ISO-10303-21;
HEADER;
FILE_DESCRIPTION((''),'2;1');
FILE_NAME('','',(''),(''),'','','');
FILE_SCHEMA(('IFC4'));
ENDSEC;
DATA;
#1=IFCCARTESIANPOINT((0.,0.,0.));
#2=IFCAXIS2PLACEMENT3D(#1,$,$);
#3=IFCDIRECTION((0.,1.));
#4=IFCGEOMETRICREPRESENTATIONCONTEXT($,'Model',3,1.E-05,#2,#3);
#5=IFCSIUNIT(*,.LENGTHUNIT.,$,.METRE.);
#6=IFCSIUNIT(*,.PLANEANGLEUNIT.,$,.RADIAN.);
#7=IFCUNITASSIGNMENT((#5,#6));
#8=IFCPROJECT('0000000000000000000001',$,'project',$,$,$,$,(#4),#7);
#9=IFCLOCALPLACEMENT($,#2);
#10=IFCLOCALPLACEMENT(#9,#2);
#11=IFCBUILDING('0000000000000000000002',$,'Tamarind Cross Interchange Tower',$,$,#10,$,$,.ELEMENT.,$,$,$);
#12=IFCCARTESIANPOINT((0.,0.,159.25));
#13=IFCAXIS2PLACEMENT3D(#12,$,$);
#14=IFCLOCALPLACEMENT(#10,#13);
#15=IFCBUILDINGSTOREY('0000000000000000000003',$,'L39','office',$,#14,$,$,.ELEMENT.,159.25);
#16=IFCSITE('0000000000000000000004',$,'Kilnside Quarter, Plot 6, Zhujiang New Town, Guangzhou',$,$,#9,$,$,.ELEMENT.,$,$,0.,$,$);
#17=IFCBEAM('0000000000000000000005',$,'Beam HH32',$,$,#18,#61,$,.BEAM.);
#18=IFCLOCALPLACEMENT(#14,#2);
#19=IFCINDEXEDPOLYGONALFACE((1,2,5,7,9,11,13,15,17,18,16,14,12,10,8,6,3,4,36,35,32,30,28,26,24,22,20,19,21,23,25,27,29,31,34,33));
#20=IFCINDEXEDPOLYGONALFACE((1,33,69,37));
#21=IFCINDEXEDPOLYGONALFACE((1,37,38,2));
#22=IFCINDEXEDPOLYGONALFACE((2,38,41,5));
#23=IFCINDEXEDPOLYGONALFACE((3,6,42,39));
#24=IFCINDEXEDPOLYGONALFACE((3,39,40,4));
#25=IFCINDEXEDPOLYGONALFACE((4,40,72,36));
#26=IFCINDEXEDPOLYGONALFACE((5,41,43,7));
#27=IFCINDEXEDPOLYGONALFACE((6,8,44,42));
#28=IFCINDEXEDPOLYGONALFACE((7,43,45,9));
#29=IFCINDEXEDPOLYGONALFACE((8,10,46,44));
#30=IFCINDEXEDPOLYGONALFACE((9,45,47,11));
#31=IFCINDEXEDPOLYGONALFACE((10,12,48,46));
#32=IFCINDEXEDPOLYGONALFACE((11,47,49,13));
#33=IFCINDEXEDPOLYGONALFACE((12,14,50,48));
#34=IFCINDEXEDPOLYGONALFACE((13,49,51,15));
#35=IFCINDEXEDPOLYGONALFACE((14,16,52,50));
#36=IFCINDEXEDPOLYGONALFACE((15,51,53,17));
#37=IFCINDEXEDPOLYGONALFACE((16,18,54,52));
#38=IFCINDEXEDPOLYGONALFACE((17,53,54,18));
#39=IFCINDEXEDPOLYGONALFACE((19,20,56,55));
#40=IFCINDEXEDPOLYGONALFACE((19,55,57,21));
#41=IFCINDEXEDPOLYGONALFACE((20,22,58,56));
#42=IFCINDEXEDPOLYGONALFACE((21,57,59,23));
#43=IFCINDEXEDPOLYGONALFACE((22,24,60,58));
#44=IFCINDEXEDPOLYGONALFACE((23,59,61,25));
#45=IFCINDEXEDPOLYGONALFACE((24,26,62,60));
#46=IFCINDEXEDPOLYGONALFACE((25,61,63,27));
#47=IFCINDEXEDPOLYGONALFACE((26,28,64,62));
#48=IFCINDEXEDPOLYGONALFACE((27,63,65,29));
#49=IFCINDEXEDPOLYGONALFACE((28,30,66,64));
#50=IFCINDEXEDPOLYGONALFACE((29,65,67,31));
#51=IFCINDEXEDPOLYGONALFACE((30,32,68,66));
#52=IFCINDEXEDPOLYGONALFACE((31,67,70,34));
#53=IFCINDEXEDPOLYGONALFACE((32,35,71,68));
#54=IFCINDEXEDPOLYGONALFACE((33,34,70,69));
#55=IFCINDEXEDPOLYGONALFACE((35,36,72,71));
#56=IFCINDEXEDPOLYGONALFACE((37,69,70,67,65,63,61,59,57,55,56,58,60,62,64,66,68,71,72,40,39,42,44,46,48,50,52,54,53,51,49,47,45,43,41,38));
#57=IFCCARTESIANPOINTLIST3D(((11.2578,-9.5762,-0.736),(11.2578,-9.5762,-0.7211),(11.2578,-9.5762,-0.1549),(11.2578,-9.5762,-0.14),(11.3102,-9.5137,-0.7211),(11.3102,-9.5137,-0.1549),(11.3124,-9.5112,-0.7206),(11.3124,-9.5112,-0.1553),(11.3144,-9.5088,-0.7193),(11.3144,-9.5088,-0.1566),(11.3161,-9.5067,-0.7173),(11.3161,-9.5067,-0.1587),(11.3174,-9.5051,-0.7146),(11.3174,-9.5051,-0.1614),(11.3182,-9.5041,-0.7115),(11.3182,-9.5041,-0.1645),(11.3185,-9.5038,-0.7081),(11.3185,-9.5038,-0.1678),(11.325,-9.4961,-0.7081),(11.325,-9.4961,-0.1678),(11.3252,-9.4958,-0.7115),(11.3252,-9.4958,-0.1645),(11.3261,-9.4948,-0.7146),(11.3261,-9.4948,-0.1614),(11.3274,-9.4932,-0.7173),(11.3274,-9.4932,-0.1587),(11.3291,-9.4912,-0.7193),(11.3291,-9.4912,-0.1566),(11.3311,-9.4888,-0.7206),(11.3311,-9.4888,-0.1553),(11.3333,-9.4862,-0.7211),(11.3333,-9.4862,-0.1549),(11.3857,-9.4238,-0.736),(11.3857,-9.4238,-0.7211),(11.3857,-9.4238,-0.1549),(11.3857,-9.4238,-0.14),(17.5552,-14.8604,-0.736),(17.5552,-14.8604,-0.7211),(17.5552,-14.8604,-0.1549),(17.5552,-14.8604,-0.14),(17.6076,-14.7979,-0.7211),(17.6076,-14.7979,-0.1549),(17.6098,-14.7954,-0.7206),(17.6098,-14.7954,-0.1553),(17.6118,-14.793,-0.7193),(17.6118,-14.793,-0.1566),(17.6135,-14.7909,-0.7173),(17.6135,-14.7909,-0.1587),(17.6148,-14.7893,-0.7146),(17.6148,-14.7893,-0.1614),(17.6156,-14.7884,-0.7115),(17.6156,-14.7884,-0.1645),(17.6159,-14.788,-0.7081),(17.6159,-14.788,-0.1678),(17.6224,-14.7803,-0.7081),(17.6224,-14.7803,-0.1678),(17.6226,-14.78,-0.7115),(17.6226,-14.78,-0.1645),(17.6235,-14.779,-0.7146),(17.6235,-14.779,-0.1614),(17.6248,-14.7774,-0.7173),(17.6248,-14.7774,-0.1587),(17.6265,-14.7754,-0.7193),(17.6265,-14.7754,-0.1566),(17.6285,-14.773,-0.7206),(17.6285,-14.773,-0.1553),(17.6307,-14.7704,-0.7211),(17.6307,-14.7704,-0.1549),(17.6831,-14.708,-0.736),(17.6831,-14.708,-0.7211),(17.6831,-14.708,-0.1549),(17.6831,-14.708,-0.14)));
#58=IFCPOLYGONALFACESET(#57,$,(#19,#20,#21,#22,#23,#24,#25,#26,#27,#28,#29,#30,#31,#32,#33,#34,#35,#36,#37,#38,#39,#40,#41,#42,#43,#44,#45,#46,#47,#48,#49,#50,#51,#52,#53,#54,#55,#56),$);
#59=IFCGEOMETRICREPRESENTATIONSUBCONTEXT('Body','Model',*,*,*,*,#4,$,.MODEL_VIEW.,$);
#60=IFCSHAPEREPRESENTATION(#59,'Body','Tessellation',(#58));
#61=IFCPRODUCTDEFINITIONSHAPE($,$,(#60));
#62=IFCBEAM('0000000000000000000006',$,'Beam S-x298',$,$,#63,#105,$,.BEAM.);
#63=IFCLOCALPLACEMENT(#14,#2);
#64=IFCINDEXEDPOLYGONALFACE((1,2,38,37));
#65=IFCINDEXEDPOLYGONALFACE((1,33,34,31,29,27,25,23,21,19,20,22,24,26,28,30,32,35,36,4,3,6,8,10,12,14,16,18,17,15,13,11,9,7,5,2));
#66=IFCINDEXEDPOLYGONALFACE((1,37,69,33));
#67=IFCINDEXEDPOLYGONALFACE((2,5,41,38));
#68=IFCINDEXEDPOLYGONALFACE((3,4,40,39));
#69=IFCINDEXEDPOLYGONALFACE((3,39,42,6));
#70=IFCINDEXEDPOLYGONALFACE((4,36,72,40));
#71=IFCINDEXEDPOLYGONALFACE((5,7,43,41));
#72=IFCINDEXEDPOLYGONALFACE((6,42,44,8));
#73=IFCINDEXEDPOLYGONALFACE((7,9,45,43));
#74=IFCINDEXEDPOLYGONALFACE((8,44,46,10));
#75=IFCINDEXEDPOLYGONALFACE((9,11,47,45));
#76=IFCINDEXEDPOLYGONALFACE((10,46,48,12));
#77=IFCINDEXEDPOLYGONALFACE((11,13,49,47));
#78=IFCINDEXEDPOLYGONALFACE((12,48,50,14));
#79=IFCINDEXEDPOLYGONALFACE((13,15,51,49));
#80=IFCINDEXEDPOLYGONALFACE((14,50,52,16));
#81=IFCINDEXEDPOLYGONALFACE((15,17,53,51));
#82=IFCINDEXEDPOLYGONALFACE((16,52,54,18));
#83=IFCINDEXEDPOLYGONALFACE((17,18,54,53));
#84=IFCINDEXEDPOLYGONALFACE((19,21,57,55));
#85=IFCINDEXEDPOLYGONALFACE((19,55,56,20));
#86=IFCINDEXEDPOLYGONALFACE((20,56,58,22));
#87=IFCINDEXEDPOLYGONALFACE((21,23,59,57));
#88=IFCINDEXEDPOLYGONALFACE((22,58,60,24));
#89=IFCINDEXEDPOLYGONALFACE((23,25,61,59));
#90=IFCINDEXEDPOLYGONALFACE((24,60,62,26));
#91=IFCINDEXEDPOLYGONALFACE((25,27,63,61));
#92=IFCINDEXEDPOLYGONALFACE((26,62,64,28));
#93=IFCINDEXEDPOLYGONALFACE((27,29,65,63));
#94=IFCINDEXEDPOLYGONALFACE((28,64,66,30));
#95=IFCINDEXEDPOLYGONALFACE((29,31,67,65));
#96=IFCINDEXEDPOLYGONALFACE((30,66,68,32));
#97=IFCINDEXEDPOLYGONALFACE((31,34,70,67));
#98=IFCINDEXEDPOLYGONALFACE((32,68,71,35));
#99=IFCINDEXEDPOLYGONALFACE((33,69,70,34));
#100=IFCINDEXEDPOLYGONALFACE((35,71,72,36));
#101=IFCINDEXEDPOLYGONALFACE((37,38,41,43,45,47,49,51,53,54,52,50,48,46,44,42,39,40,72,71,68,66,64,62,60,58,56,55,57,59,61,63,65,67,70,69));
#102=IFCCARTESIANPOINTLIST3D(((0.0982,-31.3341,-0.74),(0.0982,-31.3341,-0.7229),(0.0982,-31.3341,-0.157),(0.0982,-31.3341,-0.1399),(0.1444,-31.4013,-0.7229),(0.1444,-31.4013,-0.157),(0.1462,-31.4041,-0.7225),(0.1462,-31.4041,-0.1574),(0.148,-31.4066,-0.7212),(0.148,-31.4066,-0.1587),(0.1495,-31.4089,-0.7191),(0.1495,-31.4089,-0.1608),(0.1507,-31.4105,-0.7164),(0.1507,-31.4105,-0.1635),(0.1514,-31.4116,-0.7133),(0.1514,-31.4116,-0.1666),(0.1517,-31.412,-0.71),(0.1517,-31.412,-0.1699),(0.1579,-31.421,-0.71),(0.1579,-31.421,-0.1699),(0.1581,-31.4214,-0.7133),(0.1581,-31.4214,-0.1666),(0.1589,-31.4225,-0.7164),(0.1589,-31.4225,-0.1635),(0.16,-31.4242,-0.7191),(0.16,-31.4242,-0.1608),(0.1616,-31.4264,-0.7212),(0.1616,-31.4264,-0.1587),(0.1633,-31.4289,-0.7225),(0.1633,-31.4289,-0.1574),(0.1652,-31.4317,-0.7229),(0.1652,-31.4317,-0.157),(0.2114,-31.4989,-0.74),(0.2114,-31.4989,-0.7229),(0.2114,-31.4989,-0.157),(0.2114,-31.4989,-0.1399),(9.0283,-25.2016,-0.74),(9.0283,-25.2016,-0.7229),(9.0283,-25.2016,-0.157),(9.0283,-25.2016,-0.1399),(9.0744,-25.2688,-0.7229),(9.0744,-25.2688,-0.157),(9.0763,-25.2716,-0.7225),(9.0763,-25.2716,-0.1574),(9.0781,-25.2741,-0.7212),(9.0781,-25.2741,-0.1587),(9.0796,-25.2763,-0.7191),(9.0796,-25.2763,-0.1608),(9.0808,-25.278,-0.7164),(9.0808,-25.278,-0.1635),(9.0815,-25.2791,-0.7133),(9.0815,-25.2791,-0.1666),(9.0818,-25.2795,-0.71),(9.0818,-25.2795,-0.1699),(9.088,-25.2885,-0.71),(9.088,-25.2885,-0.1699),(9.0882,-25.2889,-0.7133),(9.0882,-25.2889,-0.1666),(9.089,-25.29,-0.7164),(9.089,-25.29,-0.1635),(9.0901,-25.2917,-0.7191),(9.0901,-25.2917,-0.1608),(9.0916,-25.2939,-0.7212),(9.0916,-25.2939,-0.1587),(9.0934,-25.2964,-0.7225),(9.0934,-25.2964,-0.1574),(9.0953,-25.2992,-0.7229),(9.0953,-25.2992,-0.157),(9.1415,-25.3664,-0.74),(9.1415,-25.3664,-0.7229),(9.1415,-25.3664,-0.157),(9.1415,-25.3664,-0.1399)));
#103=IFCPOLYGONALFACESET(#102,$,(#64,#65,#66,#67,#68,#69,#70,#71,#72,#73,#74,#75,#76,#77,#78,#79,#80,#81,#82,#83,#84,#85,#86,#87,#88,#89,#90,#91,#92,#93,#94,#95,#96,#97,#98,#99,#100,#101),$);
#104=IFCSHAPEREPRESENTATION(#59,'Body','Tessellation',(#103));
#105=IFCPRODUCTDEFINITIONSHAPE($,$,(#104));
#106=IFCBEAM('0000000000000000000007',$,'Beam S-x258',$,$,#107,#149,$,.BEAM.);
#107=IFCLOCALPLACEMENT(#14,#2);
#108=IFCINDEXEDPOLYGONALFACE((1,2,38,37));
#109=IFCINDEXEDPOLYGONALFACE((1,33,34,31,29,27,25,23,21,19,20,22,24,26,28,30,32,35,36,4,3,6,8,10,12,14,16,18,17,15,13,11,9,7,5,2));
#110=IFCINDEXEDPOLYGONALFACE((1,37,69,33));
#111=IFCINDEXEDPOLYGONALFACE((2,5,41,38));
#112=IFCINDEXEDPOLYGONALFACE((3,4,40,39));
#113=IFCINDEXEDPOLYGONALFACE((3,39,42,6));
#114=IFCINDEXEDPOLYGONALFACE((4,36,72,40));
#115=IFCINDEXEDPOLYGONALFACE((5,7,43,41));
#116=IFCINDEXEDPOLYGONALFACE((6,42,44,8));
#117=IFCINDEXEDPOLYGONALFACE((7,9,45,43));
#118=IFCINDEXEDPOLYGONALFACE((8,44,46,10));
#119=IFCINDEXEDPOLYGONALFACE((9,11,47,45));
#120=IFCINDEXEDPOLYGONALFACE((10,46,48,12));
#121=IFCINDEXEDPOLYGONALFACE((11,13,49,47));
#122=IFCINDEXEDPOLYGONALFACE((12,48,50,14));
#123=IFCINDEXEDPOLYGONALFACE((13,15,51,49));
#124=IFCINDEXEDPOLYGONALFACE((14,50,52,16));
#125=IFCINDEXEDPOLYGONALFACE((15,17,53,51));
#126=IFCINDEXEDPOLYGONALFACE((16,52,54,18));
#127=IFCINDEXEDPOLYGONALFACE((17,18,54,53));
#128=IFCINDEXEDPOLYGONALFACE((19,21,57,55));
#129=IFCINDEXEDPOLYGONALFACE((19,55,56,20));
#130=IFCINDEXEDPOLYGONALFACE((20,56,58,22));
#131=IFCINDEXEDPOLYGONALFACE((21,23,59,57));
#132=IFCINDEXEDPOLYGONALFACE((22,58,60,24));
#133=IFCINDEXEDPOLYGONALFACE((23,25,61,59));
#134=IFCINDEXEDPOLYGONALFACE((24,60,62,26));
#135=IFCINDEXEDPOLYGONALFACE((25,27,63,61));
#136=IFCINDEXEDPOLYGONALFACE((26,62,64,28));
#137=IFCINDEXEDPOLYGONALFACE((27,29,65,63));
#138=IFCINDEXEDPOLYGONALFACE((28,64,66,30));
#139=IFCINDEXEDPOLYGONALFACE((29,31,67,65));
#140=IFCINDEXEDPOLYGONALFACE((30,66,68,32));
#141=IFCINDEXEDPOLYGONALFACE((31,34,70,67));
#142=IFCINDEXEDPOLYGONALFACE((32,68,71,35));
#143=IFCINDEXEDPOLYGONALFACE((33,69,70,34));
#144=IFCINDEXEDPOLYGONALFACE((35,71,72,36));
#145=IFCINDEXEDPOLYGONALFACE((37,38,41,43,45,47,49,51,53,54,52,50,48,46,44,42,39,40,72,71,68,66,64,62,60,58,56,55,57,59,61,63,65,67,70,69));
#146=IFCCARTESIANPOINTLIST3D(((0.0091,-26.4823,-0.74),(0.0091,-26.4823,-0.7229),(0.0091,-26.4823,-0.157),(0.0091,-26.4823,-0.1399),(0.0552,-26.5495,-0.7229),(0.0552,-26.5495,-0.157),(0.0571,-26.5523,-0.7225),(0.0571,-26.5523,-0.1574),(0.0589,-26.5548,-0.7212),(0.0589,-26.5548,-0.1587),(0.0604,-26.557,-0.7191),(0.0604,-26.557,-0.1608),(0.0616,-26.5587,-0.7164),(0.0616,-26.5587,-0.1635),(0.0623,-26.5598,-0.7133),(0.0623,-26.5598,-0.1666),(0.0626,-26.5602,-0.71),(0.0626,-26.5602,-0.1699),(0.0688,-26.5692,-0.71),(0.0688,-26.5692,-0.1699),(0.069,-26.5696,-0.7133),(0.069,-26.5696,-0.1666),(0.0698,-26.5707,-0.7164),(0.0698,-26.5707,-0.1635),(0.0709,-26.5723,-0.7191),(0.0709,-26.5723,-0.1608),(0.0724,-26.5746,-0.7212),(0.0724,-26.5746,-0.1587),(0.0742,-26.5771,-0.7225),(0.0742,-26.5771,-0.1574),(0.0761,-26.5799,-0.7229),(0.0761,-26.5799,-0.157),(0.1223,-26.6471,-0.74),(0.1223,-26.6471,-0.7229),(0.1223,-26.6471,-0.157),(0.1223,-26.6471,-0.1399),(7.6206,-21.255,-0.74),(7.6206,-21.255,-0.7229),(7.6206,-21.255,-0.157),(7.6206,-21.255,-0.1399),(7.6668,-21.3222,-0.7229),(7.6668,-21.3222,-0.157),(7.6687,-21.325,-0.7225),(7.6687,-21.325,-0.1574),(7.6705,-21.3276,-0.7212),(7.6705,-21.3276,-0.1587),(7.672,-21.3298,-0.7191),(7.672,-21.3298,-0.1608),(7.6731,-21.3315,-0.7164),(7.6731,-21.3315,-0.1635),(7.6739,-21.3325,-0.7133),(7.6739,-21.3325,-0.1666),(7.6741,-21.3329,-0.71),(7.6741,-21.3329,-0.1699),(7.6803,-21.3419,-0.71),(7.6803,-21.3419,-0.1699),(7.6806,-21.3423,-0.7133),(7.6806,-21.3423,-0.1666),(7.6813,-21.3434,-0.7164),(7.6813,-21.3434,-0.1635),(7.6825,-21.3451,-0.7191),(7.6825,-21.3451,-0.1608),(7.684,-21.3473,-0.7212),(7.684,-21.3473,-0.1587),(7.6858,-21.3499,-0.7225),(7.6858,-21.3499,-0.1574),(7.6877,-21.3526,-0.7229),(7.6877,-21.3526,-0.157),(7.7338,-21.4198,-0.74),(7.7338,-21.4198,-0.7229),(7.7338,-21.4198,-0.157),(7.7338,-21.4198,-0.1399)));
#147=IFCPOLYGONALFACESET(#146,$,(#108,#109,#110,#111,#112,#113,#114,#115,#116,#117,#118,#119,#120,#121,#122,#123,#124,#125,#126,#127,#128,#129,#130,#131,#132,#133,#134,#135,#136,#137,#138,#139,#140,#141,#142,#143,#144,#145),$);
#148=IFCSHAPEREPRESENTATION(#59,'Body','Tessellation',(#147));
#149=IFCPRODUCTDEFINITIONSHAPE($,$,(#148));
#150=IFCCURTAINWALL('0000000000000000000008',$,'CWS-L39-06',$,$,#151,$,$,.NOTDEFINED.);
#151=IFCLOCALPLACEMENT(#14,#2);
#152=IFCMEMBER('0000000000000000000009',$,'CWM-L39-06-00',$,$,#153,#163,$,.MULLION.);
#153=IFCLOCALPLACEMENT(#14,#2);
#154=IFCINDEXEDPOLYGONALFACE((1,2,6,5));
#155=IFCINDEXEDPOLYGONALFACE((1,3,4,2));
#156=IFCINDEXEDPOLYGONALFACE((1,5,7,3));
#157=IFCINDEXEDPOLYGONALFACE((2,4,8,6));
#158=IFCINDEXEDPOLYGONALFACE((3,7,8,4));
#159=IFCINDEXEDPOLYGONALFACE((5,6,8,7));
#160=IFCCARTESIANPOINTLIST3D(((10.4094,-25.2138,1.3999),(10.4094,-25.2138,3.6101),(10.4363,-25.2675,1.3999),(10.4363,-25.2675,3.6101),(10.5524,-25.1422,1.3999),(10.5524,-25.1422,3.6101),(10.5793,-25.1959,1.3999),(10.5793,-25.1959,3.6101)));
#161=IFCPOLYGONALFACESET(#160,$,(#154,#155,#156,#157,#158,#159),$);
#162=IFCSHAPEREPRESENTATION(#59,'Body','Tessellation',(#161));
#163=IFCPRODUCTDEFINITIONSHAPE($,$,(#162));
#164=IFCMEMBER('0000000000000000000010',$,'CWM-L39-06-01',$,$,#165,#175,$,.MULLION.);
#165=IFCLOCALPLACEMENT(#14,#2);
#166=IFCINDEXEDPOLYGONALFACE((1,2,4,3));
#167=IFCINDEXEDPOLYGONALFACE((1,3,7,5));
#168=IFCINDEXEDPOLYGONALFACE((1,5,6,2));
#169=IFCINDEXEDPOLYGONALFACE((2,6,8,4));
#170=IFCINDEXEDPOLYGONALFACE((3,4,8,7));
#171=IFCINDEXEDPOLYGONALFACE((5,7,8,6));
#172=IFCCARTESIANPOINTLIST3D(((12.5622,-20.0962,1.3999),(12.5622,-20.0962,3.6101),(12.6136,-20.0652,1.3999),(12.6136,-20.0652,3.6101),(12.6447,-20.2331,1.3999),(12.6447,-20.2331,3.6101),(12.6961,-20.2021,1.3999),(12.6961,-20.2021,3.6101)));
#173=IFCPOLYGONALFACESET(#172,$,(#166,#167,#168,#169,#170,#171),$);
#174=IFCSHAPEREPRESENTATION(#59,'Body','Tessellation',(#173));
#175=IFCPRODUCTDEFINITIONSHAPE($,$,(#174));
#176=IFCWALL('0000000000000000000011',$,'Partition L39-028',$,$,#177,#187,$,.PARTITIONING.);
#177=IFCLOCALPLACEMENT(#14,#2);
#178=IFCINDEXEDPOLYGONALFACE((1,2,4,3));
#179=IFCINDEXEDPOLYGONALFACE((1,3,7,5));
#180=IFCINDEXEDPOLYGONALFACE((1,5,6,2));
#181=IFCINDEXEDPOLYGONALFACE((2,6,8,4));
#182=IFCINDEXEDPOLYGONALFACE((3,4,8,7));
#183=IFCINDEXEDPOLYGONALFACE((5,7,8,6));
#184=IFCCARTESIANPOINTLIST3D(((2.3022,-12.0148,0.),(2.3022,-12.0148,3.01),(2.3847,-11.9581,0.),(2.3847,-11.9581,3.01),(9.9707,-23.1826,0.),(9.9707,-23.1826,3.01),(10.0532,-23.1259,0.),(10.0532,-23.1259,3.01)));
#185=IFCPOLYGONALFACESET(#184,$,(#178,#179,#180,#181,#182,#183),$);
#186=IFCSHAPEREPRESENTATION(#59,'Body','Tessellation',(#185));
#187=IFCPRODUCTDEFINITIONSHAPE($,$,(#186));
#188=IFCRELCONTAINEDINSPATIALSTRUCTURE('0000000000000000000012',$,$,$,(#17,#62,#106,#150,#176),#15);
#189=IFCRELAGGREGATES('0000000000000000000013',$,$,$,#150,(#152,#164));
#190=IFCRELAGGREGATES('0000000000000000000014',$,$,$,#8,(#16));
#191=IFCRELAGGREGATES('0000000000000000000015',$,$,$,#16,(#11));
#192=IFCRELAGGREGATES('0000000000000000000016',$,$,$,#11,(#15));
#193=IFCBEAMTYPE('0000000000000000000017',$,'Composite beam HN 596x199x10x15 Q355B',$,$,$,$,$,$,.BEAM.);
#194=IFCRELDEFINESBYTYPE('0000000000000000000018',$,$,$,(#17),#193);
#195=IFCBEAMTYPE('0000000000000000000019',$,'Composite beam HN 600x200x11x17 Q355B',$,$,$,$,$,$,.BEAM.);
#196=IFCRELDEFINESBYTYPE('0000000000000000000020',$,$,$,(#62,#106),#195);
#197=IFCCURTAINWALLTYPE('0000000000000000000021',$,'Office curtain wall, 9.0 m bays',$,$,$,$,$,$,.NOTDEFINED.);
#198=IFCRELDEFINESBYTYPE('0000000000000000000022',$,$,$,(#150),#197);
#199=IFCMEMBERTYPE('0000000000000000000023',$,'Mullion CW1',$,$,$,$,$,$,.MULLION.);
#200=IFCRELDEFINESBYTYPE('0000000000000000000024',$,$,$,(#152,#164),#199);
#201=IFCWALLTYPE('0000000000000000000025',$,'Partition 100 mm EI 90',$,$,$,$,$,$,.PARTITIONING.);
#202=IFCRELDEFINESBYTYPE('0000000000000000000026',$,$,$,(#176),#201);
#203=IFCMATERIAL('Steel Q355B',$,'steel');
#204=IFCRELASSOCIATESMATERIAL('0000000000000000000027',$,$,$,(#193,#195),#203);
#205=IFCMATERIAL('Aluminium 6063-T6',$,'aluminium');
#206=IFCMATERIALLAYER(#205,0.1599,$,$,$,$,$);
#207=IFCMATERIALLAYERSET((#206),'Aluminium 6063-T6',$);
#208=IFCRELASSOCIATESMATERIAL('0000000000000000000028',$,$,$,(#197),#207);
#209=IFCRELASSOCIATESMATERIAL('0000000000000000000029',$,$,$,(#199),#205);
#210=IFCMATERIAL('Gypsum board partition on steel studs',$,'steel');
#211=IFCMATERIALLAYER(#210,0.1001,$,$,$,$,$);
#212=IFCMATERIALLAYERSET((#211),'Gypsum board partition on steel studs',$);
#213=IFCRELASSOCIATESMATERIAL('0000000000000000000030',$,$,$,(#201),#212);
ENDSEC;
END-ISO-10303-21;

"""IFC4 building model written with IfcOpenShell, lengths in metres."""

from ifc_helpers import new_model, si_unit, direction, frame, frame_2d, origin, origin_2d, place, context, subcontext, project, spatial, rectangle, i_section, extrude, material, layer, layer_set, material_profile, profile_set, type_object, element, aggregate, save


model = new_model("IFC4")

# Units and contexts
model_context = context("Model", 3, precision=1e-05, world=origin(), true_north=direction((0.0, 1.0)))
body_context = subcontext(model_context, "Body", "Model", "MODEL_VIEW")
ifc_project = project(units=[si_unit("LENGTHUNIT", "METRE"), si_unit("PLANEANGLEUNIT", "RADIAN")], contexts=[model_context])

# Site, building, storey
site_placement = place(None, origin())
site = spatial("IfcSite", under=ifc_project, at=site_placement, Name="Kilnside Quarter, Plot 6, Zhujiang New Town, Guangzhou", CompositionType="ELEMENT", RefElevation=0.0)
building_placement = place(site_placement, origin())
building = spatial("IfcBuilding", under=site, at=building_placement, Name="Tamarind Cross Interchange Tower", CompositionType="ELEMENT")
storey_placement = place(building_placement, frame((0.0, 0.0, 159.25)))
storey = spatial("IfcBuildingStorey", under=building, at=storey_placement, Name="L39", Description="office", CompositionType="ELEMENT", Elevation=159.25)

# Beams
ifc_material_1 = material(Name="Steel Q355B", Category="steel")
ifc_material_profile_1 = material_profile(ifc_material_1, i_section(OverallWidth=0.199, OverallDepth=0.5959, WebThickness=0.01, FlangeThickness=0.0149, FilletRadius=0.0129, at=origin_2d()), Name="HN 596x199x10x15")
ifc_profile_set_1 = profile_set([ifc_material_profile_1], Name="Steel Q355B")
beam_type_1 = type_object("IfcBeamType", Name="Composite beam HN 596x199x10x15 Q355B", PredefinedType="BEAM", material=ifc_profile_set_1)
beam_1_placement = place(storey_placement, frame((17.6191, -14.7842, -0.438), z_axis=(-0.766041, 0.642792, 0.0), x_axis=(-0.642792, -0.766041, 0.0)))
element("IfcBeam", 1, at=beam_1_placement, inside=storey, type_object=beam_type_1, Name="Beam HH32", PredefinedType="BEAM", context=body_context, shape_type="SweptSolid", body=[
    extrude(i_section(OverallWidth=0.199, OverallDepth=0.5959, WebThickness=0.01, FlangeThickness=0.0149, FilletRadius=0.0129, at=origin_2d()), origin(), (0.0, 0.0, 1.0), 8.2207),
])
ifc_material_profile_2 = material_profile(ifc_material_1, i_section(OverallWidth=0.2, OverallDepth=0.6001, WebThickness=0.011, FlangeThickness=0.0171, FilletRadius=0.0129, at=origin_2d()), Name="HN 600x200x11x17")
ifc_profile_set_2 = profile_set([ifc_material_profile_2], Name="Steel Q355B")
beam_type_2 = type_object("IfcBeamType", Name="Composite beam HN 600x200x11x17 Q355B", PredefinedType="BEAM", material=ifc_profile_set_2)
beam_2_placement = place(storey_placement, frame((0.1548, -31.4165, -0.4399), z_axis=(0.82434, 0.566095, 0.0), x_axis=(-0.566095, 0.82434, 0.0)))
element("IfcBeam", 2, at=beam_2_placement, inside=storey, type_object=beam_type_2, Name="Beam S-x298", PredefinedType="BEAM", context=body_context, shape_type="SweptSolid", body=[
    extrude(i_section(OverallWidth=0.2, OverallDepth=0.6001, WebThickness=0.011, FlangeThickness=0.0171, FilletRadius=0.0129, at=origin_2d()), origin(), (0.0, 0.0, 1.0), 10.833),
])
beam_3_placement = place(storey_placement, frame((0.0657, -26.5647, -0.4399), z_axis=(0.824328, 0.566112, 0.0), x_axis=(-0.566112, 0.824328, 0.0)))
element("IfcBeam", 3, at=beam_3_placement, inside=storey, type_object=beam_type_2, Name="Beam S-x258", PredefinedType="BEAM", context=body_context, shape_type="SweptSolid", body=[
    extrude(i_section(OverallWidth=0.2, OverallDepth=0.6001, WebThickness=0.011, FlangeThickness=0.0171, FilletRadius=0.0129, at=origin_2d()), origin(), (0.0, 0.0, 1.0), 9.2336),
])

# Curtain wall, members
ifc_material_2 = material(Name="Aluminium 6063-T6", Category="aluminium")
ifc_layer_1 = layer(ifc_material_2, 0.1599)
ifc_layer_set_1 = layer_set([ifc_layer_1], Name="Aluminium 6063-T6")
curtain_wall_type = type_object("IfcCurtainWallType", Name="Office curtain wall, 9.0 m bays", PredefinedType="NOTDEFINED", material=ifc_layer_set_1)
curtain_wall_placement = place(storey_placement, origin())
curtain_wall = element("IfcCurtainWall", 4, at=curtain_wall_placement, inside=storey, type_object=curtain_wall_type, Name="CWS-L39-06", PredefinedType="NOTDEFINED")
ifc_material_profile_3 = material_profile(ifc_material_2, rectangle(XDim=0.0601, YDim=0.1599, at=origin_2d()), Name="Mullion CW1")
ifc_profile_set_3 = profile_set([ifc_material_profile_3], Name="Aluminium 6063-T6")
member_type = type_object("IfcMemberType", Name="Mullion CW1", PredefinedType="MULLION", material=ifc_profile_set_3)
member_1_placement = place(storey_placement, frame((10.4944, -25.2048, 1.3999), z_axis=(0.0, 0.0, 1.0), x_axis=(-0.447894, 0.894087, 0.0)))
member_1 = element("IfcMember", 5, at=member_1_placement, type_object=member_type, Name="CWM-L39-06-00", PredefinedType="MULLION", context=body_context, shape_type="SweptSolid", body=[
    extrude(rectangle(XDim=0.0601, YDim=0.1599, at=origin_2d()), origin(), (0.0, 0.0, 1.0), 2.2102),
])
member_2_placement = place(storey_placement, frame((12.6292, -20.1492, 1.3999), z_axis=(0.0, 0.0, 1.0), x_axis=(0.856439, 0.516248, 0.0)))
member_2 = element("IfcMember", 6, at=member_2_placement, type_object=member_type, Name="CWM-L39-06-01", PredefinedType="MULLION", context=body_context, shape_type="SweptSolid", body=[
    extrude(rectangle(XDim=0.0601, YDim=0.1599, at=origin_2d()), origin(), (0.0, 0.0, 1.0), 2.2102),
])
aggregate(curtain_wall, [member_1, member_2])

# Wall
ifc_material_3 = material(Name="Gypsum board partition on steel studs", Category="steel")
ifc_layer_2 = layer(ifc_material_3, 0.1001)
ifc_layer_set_2 = layer_set([ifc_layer_2], Name="Gypsum board partition on steel studs")
wall_type_1 = type_object("IfcWallType", Name="Partition 100 mm EI 90", PredefinedType="PARTITIONING", material=ifc_layer_set_2)
wall_1_placement = place(storey_placement, frame((2.3435, -11.9866, 0.0), z_axis=(0.0, 0.0, 1.0), x_axis=(0.56606, -0.824364, 0.0)))
element("IfcWall", 7, at=wall_1_placement, inside=storey, type_object=wall_type_1, Name="Partition L39-028", PredefinedType="PARTITIONING", context=body_context, shape_type="SweptSolid", body=[
    extrude(rectangle(XDim=13.5471, YDim=0.1001, at=frame_2d((6.7734, 0.0))), origin(), (0.0, 0.0, 1.0), 3.01),
])

save(model, "model.ifc")
